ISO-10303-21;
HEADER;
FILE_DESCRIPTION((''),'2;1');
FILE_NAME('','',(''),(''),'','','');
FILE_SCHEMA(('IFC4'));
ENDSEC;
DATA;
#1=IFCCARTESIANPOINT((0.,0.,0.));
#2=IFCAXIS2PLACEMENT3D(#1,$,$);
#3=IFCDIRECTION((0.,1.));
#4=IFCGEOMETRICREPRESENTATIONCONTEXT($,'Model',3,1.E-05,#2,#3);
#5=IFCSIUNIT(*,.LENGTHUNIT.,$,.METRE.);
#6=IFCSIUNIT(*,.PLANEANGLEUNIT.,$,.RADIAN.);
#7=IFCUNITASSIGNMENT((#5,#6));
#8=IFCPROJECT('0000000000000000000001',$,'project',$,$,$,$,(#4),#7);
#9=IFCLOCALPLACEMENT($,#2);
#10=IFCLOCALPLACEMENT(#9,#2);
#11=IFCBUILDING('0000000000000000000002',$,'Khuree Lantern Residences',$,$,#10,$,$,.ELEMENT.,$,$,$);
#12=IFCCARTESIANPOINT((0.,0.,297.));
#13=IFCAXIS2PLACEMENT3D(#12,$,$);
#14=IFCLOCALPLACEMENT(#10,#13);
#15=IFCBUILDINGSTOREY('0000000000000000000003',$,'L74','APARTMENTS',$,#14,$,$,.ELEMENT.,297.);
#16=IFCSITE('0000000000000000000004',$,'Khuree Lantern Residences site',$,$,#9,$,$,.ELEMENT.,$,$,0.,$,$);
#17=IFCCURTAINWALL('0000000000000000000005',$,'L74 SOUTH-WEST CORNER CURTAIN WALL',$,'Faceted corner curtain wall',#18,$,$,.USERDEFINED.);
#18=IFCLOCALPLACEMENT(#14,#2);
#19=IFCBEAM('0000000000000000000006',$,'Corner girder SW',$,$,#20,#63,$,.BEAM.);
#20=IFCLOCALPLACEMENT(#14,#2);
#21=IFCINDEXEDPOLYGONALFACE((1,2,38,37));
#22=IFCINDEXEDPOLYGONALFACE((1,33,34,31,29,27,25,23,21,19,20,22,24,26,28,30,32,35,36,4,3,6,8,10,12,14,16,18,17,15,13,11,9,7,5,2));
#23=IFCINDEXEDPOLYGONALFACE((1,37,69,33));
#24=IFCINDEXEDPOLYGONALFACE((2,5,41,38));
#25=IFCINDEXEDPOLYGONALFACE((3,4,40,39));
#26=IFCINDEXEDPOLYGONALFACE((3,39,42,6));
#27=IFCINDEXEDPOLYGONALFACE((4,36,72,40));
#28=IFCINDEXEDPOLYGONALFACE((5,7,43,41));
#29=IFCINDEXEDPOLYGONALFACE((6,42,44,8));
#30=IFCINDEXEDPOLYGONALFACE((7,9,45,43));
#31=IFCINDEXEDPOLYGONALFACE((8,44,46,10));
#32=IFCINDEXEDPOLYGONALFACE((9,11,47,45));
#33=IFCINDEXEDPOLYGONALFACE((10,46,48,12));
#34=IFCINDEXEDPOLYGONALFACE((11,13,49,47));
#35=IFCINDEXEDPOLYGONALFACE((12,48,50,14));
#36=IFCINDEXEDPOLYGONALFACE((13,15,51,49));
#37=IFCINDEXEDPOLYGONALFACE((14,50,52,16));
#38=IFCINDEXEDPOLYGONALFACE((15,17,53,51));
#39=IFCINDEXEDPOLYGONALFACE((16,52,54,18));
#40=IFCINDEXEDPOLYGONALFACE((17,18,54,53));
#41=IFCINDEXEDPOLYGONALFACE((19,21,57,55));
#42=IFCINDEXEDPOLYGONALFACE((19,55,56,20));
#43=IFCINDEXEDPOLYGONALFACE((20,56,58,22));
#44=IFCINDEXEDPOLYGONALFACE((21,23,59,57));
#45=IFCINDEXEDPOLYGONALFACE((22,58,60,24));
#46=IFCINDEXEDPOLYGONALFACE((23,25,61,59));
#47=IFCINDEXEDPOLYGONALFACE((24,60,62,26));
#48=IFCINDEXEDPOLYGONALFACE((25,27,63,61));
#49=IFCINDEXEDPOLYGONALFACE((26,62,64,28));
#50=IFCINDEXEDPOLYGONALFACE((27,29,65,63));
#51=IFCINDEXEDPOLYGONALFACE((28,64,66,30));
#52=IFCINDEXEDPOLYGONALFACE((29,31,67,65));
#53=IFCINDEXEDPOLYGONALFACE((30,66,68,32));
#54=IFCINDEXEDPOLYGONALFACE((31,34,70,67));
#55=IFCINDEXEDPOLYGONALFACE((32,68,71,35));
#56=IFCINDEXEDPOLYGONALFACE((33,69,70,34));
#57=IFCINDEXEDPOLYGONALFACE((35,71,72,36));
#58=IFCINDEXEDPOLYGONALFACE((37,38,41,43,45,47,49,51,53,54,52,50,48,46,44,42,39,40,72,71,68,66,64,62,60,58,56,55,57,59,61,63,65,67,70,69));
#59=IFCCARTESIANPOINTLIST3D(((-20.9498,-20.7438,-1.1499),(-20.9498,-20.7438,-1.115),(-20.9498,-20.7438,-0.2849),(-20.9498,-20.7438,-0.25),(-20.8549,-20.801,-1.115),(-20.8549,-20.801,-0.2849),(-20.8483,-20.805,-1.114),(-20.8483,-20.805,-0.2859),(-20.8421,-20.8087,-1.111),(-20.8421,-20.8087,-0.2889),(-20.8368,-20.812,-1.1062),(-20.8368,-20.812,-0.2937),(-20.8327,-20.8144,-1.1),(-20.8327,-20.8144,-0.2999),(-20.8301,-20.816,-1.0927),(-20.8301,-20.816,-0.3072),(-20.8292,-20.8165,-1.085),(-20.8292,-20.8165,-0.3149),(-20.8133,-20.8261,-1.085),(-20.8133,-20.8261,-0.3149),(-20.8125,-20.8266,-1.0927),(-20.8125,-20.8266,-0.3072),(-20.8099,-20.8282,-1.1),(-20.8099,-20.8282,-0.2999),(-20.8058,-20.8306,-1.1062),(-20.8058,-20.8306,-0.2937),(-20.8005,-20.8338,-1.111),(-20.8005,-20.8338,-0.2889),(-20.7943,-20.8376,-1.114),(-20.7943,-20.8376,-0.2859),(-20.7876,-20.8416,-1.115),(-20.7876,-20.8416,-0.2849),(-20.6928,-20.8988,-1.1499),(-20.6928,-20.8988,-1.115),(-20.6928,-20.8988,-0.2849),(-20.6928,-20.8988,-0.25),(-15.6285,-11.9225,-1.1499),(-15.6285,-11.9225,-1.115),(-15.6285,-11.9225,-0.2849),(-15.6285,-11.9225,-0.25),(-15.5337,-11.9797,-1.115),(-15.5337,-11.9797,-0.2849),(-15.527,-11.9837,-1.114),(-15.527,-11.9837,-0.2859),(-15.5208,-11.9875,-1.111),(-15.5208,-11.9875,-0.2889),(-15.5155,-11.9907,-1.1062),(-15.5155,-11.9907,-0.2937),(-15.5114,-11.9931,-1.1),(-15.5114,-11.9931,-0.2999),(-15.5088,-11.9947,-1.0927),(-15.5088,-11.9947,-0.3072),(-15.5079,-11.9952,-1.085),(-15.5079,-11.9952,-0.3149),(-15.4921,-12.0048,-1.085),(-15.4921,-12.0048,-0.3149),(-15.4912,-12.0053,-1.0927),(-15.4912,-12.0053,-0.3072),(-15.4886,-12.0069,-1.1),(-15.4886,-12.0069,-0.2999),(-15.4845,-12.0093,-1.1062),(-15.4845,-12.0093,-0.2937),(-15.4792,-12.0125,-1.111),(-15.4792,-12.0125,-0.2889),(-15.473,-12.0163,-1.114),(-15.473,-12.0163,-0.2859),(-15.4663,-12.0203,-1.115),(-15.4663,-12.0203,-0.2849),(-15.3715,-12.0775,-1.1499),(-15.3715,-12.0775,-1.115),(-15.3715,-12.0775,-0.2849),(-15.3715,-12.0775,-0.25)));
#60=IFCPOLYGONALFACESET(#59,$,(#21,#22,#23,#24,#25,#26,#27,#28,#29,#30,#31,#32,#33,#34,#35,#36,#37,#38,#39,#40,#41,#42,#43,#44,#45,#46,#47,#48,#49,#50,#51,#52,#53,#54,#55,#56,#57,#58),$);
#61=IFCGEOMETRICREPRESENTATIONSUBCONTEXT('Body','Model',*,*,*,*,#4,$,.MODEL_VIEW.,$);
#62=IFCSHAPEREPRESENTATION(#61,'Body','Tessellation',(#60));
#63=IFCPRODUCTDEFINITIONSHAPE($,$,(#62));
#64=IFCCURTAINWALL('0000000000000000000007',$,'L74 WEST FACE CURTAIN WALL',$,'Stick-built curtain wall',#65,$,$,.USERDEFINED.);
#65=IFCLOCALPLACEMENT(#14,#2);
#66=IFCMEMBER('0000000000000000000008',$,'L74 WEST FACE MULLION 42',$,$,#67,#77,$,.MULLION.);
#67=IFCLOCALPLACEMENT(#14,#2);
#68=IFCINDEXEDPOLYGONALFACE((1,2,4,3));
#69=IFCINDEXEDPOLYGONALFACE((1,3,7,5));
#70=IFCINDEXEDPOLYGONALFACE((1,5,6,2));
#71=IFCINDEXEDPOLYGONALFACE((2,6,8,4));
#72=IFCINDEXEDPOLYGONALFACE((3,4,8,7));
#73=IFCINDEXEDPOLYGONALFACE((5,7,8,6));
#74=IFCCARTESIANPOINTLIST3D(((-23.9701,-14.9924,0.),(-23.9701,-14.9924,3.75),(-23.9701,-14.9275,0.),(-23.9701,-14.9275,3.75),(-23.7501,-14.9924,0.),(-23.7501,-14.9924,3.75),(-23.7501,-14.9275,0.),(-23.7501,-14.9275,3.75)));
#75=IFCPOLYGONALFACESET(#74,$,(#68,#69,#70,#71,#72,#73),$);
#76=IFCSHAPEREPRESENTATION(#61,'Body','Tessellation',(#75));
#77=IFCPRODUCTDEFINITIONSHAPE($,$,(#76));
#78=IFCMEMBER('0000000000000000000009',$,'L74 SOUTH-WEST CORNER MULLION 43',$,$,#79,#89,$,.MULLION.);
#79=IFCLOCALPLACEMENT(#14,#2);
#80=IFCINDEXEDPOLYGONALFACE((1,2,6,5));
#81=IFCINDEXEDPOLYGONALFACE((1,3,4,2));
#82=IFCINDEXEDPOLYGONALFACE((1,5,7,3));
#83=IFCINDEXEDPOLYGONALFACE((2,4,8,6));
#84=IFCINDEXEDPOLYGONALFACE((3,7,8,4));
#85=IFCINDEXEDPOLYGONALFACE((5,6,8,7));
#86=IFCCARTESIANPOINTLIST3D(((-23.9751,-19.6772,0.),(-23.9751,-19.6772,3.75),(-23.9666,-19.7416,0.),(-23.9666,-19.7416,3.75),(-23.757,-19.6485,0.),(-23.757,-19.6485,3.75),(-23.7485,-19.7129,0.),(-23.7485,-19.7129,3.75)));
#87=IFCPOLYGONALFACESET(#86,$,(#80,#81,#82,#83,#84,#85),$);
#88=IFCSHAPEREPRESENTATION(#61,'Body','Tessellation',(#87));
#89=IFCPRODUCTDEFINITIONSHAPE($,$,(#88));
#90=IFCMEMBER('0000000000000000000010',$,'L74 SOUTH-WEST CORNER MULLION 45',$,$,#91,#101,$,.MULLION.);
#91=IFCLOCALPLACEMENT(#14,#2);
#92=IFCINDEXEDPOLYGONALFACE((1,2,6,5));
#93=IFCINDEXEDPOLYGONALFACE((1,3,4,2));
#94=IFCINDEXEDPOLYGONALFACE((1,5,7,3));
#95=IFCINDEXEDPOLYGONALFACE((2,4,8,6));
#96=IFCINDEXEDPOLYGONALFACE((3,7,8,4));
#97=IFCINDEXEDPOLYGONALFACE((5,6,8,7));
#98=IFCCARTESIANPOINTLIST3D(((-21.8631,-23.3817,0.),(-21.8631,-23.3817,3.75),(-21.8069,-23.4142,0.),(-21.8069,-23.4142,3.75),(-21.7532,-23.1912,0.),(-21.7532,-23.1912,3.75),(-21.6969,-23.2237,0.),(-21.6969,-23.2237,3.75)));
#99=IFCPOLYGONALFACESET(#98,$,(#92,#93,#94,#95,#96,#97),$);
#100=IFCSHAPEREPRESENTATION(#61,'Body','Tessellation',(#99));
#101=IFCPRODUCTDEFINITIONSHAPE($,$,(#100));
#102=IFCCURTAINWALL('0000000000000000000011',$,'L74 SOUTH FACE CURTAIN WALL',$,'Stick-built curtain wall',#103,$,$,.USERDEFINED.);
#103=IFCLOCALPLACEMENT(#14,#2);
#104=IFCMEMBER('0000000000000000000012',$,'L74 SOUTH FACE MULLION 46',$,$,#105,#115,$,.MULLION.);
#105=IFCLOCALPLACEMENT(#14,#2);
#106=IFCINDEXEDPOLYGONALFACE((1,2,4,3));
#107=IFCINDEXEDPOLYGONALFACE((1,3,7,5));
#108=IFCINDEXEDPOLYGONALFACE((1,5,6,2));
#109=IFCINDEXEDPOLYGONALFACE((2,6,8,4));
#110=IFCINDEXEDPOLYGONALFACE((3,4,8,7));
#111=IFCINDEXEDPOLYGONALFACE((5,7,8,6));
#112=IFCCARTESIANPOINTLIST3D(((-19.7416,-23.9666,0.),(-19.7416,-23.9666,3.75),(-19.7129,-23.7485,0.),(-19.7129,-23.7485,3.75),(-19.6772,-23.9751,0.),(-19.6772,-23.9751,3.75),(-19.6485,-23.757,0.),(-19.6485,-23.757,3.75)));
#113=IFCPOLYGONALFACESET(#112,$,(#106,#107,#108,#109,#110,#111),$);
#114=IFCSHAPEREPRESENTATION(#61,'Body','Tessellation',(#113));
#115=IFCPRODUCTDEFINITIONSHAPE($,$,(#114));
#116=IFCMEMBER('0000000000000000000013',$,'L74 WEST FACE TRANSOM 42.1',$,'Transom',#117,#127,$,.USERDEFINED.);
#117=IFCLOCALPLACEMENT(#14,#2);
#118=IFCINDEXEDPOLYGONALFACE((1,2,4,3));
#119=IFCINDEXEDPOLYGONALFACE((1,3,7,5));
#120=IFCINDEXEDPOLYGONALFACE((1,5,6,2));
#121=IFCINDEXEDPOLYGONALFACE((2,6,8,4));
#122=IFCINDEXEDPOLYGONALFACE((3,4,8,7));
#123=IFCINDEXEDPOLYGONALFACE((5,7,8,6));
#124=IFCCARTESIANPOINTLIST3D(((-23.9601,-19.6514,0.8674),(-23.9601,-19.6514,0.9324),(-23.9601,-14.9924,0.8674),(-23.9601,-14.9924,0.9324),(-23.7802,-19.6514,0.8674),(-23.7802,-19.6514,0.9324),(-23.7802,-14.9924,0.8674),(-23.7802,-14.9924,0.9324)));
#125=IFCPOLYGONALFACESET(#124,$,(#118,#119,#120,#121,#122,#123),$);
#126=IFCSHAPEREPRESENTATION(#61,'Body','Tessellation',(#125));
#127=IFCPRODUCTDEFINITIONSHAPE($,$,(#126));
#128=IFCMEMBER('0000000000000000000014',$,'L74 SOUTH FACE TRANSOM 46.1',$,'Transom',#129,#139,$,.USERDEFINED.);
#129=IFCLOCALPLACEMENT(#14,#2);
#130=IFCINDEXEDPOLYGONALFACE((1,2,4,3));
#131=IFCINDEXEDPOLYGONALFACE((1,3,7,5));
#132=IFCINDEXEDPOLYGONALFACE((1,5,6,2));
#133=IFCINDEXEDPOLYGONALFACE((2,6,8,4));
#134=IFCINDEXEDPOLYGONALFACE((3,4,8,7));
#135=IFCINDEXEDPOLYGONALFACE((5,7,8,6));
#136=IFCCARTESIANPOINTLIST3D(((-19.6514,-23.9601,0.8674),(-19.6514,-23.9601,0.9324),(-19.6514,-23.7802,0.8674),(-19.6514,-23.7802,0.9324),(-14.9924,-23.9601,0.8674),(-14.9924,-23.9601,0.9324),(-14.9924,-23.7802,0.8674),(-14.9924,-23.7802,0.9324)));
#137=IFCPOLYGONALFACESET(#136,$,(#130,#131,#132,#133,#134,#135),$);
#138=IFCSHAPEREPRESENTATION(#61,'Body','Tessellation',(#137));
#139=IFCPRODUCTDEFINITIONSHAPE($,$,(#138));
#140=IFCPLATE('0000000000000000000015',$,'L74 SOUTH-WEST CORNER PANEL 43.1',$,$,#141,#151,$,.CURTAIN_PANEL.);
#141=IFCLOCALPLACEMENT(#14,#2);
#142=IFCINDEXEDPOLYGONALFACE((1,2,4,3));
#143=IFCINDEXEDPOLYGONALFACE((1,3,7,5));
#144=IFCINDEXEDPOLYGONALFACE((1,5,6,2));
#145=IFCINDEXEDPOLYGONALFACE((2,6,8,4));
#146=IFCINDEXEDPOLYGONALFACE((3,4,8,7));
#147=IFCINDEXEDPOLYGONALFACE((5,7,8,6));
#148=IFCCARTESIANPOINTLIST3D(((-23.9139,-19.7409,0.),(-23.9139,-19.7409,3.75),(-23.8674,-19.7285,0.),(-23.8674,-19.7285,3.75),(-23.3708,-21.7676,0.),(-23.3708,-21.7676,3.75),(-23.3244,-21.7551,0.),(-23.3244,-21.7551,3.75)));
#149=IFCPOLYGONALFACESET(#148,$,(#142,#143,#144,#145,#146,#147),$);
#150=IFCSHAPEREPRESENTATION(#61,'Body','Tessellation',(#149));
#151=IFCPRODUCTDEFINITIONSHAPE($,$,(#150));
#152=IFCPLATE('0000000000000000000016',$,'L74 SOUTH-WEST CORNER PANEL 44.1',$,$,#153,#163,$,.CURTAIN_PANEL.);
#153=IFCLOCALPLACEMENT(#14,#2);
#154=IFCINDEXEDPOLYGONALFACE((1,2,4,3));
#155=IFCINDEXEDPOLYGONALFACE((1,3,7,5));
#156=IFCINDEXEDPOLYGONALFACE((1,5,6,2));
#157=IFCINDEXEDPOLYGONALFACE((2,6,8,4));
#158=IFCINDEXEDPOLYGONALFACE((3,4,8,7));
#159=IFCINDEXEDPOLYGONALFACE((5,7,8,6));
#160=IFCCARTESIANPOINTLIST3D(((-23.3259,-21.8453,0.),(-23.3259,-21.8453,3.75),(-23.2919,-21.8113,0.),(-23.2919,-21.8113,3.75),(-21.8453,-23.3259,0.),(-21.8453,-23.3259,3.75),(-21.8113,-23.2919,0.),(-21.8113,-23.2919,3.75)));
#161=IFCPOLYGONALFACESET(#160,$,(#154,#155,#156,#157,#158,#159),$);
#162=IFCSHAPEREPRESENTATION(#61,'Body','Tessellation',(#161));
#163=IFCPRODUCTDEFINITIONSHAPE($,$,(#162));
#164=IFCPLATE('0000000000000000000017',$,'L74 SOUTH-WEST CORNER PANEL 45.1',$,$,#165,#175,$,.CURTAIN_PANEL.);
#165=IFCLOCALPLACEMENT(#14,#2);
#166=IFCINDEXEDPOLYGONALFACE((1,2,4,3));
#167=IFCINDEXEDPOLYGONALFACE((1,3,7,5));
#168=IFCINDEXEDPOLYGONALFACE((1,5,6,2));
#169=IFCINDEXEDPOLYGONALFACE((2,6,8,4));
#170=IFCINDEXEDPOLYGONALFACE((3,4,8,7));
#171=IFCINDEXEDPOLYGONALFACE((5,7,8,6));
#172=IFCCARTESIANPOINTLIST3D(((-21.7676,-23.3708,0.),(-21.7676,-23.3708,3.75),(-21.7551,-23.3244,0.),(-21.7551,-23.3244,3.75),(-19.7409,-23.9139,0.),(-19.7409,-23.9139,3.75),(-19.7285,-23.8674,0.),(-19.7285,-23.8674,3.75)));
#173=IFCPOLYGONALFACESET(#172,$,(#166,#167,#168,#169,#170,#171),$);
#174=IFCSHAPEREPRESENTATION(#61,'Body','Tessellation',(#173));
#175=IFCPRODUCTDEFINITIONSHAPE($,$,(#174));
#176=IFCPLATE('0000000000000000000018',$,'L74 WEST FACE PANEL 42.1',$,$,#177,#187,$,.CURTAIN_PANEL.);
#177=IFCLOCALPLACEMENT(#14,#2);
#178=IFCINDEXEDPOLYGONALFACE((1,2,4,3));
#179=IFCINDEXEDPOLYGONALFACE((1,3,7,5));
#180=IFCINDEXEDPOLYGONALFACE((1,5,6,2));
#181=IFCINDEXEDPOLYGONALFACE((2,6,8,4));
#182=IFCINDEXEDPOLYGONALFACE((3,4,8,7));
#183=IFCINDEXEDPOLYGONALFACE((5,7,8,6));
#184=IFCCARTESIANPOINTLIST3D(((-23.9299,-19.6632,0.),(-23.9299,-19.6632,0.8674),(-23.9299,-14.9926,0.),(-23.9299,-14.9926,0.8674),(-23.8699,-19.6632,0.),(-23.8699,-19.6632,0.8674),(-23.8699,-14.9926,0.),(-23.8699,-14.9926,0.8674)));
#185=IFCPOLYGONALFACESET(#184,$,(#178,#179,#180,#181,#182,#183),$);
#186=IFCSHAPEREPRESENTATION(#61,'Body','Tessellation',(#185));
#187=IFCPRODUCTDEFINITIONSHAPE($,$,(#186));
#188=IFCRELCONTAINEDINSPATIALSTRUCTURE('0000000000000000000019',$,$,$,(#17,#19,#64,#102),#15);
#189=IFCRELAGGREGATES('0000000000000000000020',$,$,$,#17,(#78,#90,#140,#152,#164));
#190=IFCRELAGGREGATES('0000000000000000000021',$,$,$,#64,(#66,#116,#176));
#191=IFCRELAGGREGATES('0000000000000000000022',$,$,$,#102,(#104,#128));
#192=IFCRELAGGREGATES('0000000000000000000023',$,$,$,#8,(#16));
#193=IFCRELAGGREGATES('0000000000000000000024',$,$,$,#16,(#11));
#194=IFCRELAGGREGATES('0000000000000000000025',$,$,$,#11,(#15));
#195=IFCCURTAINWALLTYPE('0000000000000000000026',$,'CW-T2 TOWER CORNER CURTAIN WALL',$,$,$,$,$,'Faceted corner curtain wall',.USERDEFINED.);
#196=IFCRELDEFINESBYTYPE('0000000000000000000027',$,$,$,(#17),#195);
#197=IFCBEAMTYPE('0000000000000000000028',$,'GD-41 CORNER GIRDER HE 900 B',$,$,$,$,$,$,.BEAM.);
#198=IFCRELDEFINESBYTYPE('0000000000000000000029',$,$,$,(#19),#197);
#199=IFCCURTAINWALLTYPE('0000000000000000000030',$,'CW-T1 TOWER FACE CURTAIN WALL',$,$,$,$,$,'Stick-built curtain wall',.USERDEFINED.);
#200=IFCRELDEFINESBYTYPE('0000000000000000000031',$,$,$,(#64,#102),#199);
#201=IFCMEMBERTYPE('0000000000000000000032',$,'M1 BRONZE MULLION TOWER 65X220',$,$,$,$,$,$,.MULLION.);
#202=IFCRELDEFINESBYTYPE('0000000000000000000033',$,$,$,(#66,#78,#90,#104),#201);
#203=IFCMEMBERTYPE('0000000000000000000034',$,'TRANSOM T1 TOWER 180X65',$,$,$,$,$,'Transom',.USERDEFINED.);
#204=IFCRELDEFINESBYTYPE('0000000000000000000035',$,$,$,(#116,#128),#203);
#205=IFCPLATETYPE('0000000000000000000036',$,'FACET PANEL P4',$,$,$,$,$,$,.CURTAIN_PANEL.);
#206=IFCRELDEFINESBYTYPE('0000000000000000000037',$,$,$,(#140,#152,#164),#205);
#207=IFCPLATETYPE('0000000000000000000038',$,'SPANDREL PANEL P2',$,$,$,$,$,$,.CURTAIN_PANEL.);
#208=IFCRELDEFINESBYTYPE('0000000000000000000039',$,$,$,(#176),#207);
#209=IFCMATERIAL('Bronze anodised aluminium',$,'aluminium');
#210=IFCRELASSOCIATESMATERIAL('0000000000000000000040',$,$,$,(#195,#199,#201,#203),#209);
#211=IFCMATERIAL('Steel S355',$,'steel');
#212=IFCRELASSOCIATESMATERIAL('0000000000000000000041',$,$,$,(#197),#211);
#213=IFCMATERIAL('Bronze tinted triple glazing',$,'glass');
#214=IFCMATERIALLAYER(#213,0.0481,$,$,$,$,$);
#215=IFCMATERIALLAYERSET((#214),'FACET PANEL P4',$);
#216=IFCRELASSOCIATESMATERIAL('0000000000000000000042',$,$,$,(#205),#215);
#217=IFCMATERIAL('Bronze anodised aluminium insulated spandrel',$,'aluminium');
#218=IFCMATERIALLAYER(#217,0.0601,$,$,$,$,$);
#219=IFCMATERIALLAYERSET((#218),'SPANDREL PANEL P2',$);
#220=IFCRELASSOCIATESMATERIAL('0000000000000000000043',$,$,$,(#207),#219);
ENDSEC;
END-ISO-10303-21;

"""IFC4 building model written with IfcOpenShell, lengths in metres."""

from ifc_helpers import new_model, si_unit, direction, frame, origin, origin_2d, place, context, subcontext, project, spatial, rectangle, i_section, extrude, material, layer, layer_set, material_profile, profile_set, type_object, element, aggregate, save


model = new_model("IFC4")

# Units and contexts
model_context = context("Model", 3, precision=1e-05, world=origin(), true_north=direction((0.0, 1.0)))
body_context = subcontext(model_context, "Body", "Model", "MODEL_VIEW")
ifc_project = project(units=[si_unit("LENGTHUNIT", "METRE"), si_unit("PLANEANGLEUNIT", "RADIAN")], contexts=[model_context])

# Site, building, storey
site_placement = place(None, origin())
site = spatial("IfcSite", under=ifc_project, at=site_placement, Name="Khuree Lantern Residences site", CompositionType="ELEMENT", RefElevation=0.0)
building_placement = place(site_placement, origin())
building = spatial("IfcBuilding", under=site, at=building_placement, Name="Khuree Lantern Residences", CompositionType="ELEMENT")
storey_placement = place(building_placement, frame((0.0, 0.0, 297.0)))
storey = spatial("IfcBuildingStorey", under=building, at=storey_placement, Name="L74", Description="APARTMENTS", CompositionType="ELEMENT", Elevation=297.0)

# Shared definitions
ifc_material_1 = material(Name="Steel S355", Category="steel")

# Curtain wall
ifc_material_2 = material(Name="Bronze anodised aluminium", Category="aluminium")
curtain_wall_type_1 = type_object("IfcCurtainWallType", Name="CW-T2 TOWER CORNER CURTAIN WALL", ElementType="Faceted corner curtain wall", PredefinedType="USERDEFINED", material=ifc_material_2)
curtain_wall_1_placement = place(storey_placement, origin())
curtain_wall_1 = element("IfcCurtainWall", 1, at=curtain_wall_1_placement, inside=storey, type_object=curtain_wall_type_1, Name="L74 SOUTH-WEST CORNER CURTAIN WALL", ObjectType="Faceted corner curtain wall", PredefinedType="USERDEFINED")

# Beam
ifc_material_profile_1 = material_profile(ifc_material_1, i_section(OverallWidth=0.3, OverallDepth=0.8999, WebThickness=0.0186, FlangeThickness=0.0349, FilletRadius=0.03, at=origin_2d()), Name="HE 900 B")
ifc_profile_set_1 = profile_set([ifc_material_profile_1], Name="Steel S355")
beam_type_1 = type_object("IfcBeamType", Name="GD-41 CORNER GIRDER HE 900 B", PredefinedType="BEAM", material=ifc_profile_set_1)
beam_1_placement = place(storey_placement, frame((-20.8213, -20.8213, -0.7), z_axis=(0.51653, 0.856269, 0.0), x_axis=(-0.856269, 0.51653, 0.0)))
element("IfcBeam", 2, at=beam_1_placement, inside=storey, type_object=beam_type_1, Name="Corner girder SW", PredefinedType="BEAM", context=body_context, shape_type="SweptSolid", body=[
    extrude(i_section(OverallWidth=0.3, OverallDepth=0.8999, WebThickness=0.0186, FlangeThickness=0.0349, FilletRadius=0.03, at=origin_2d()), origin(), (0.0, 0.0, 1.0), 10.302),
])

# Curtain wall, member
curtain_wall_type_2 = type_object("IfcCurtainWallType", Name="CW-T1 TOWER FACE CURTAIN WALL", ElementType="Stick-built curtain wall", PredefinedType="USERDEFINED", material=ifc_material_2)
curtain_wall_2_placement = place(storey_placement, origin())
curtain_wall_2 = element("IfcCurtainWall", 3, at=curtain_wall_2_placement, inside=storey, type_object=curtain_wall_type_2, Name="L74 WEST FACE CURTAIN WALL", ObjectType="Stick-built curtain wall", PredefinedType="USERDEFINED")
ifc_material_profile_2 = material_profile(ifc_material_2, rectangle(XDim=0.0649, YDim=0.22, at=origin_2d()), Name="M1 65X220")
ifc_profile_set_2 = profile_set([ifc_material_profile_2], Name="Bronze anodised aluminium")
member_type_1 = type_object("IfcMemberType", Name="M1 BRONZE MULLION TOWER 65X220", PredefinedType="MULLION", material=ifc_profile_set_2)
member_1_placement = place(storey_placement, frame((-23.8601, -14.96, 0.0), z_axis=(0.0, 0.0, 1.0), x_axis=(0.0, -1.0, 0.0)))
member_1 = element("IfcMember", 4, at=member_1_placement, type_object=member_type_1, Name="L74 WEST FACE MULLION 42", PredefinedType="MULLION", context=body_context, shape_type="SweptSolid", body=[
    extrude(rectangle(XDim=0.0649, YDim=0.22, at=origin_2d()), origin(), (0.0, 0.0, 1.0), 3.75),
])

# Members
member_2_placement = place(storey_placement, frame((-23.8618, -19.6951, 0.0), z_axis=(0.0, 0.0, 1.0), x_axis=(0.130526, -0.991445, 0.0)))
member_2 = element("IfcMember", 5, at=member_2_placement, type_object=member_type_1, Name="L74 SOUTH-WEST CORNER MULLION 43", PredefinedType="MULLION", context=body_context, shape_type="SweptSolid", body=[
    extrude(rectangle(XDim=0.0649, YDim=0.22, at=origin_2d()), origin(), (0.0, 0.0, 1.0), 3.75),
])
member_3_placement = place(storey_placement, frame((-21.78, -23.3027, 0.0), z_axis=(0.0, 0.0, 1.0), x_axis=(0.866025, -0.5, 0.0)))
member_3 = element("IfcMember", 6, at=member_3_placement, type_object=member_type_1, Name="L74 SOUTH-WEST CORNER MULLION 45", PredefinedType="MULLION", context=body_context, shape_type="SweptSolid", body=[
    extrude(rectangle(XDim=0.0649, YDim=0.22, at=origin_2d()), origin(), (0.0, 0.0, 1.0), 3.75),
])

# Curtain wall, member
curtain_wall_3_placement = place(storey_placement, origin())
curtain_wall_3 = element("IfcCurtainWall", 7, at=curtain_wall_3_placement, inside=storey, type_object=curtain_wall_type_2, Name="L74 SOUTH FACE CURTAIN WALL", ObjectType="Stick-built curtain wall", PredefinedType="USERDEFINED")
member_4_placement = place(storey_placement, frame((-19.6951, -23.8618, 0.0), z_axis=(0.0, 0.0, 1.0), x_axis=(0.991445, -0.130526, 0.0)))
member_4 = element("IfcMember", 8, at=member_4_placement, type_object=member_type_1, Name="L74 SOUTH FACE MULLION 46", PredefinedType="MULLION", context=body_context, shape_type="SweptSolid", body=[
    extrude(rectangle(XDim=0.0649, YDim=0.22, at=origin_2d()), origin(), (0.0, 0.0, 1.0), 3.75),
])

# Members
ifc_material_profile_3 = material_profile(ifc_material_2, rectangle(XDim=0.1799, YDim=0.0649, at=origin_2d()), Name="T1 180X65")
ifc_profile_set_3 = profile_set([ifc_material_profile_3], Name="Bronze anodised aluminium")
member_type_2 = type_object("IfcMemberType", Name="TRANSOM T1 TOWER 180X65", ElementType="Transom", PredefinedType="USERDEFINED", material=ifc_profile_set_3)
member_5_placement = place(storey_placement, frame((-23.8701, -14.9924, 0.8999), z_axis=(0.0, -1.0, 0.0), x_axis=(1.0, 0.0, 0.0)))
member_5 = element("IfcMember", 9, at=member_5_placement, type_object=member_type_2, Name="L74 WEST FACE TRANSOM 42.1", ObjectType="Transom", PredefinedType="USERDEFINED", context=body_context, shape_type="SweptSolid", body=[
    extrude(rectangle(XDim=0.1799, YDim=0.0649, at=origin_2d()), origin(), (0.0, 0.0, 1.0), 4.6589),
])
member_6_placement = place(storey_placement, frame((-19.6514, -23.8701, 0.8999), z_axis=(1.0, 0.0, 0.0), x_axis=(0.0, 1.0, 0.0)))
member_6 = element("IfcMember", 10, at=member_6_placement, type_object=member_type_2, Name="L74 SOUTH FACE TRANSOM 46.1", ObjectType="Transom", PredefinedType="USERDEFINED", context=body_context, shape_type="SweptSolid", body=[
    extrude(rectangle(XDim=0.1799, YDim=0.0649, at=origin_2d()), origin(), (0.0, 0.0, 1.0), 4.6589),
])

# Plates
ifc_material_3 = material(Name="Bronze tinted triple glazing", Category="glass")
ifc_layer_1 = layer(ifc_material_3, 0.0481)
ifc_layer_set_1 = layer_set([ifc_layer_1], Name="FACET PANEL P4")
plate_type_1 = type_object("IfcPlateType", Name="FACET PANEL P4", PredefinedType="CURTAIN_PANEL", material=ifc_layer_set_1)
plate_1_placement = place(storey_placement, frame((-23.6191, -20.748, 0.0), z_axis=(0.0, 0.0, 1.0), x_axis=(0.258819, -0.965926, 0.0)))
plate_1 = element("IfcPlate", 11, at=plate_1_placement, type_object=plate_type_1, Name="L74 SOUTH-WEST CORNER PANEL 43.1", PredefinedType="CURTAIN_PANEL", context=body_context, shape_type="SweptSolid", body=[
    extrude(rectangle(XDim=2.0981, YDim=0.0481, at=origin_2d()), origin(), (0.0, 0.0, 1.0), 3.75),
])
plate_2_placement = place(storey_placement, frame((-22.5686, -22.5686, 0.0), z_axis=(0.0, 0.0, 1.0), x_axis=(0.707107, -0.707107, 0.0)))
plate_2 = element("IfcPlate", 12, at=plate_2_placement, type_object=plate_type_1, Name="L74 SOUTH-WEST CORNER PANEL 44.1", PredefinedType="CURTAIN_PANEL", context=body_context, shape_type="SweptSolid", body=[
    extrude(rectangle(XDim=2.094, YDim=0.0481, at=origin_2d()), origin(), (0.0, 0.0, 1.0), 3.75),
])
plate_3_placement = place(storey_placement, frame((-20.748, -23.6191, 0.0), z_axis=(0.0, 0.0, 1.0), x_axis=(0.965926, -0.258819, 0.0)))
plate_3 = element("IfcPlate", 13, at=plate_3_placement, type_object=plate_type_1, Name="L74 SOUTH-WEST CORNER PANEL 45.1", PredefinedType="CURTAIN_PANEL", context=body_context, shape_type="SweptSolid", body=[
    extrude(rectangle(XDim=2.0981, YDim=0.0481, at=origin_2d()), origin(), (0.0, 0.0, 1.0), 3.75),
])
aggregate(curtain_wall_1, [member_2, member_3, plate_1, plate_2, plate_3])
ifc_material_4 = material(Name="Bronze anodised aluminium insulated spandrel", Category="aluminium")
ifc_layer_2 = layer(ifc_material_4, 0.0601)
ifc_layer_set_2 = layer_set([ifc_layer_2], Name="SPANDREL PANEL P2")
plate_type_2 = type_object("IfcPlateType", Name="SPANDREL PANEL P2", PredefinedType="CURTAIN_PANEL", material=ifc_layer_set_2)
plate_4_placement = place(storey_placement, frame((-23.8999, -17.3279, 0.0), z_axis=(0.0, 0.0, 1.0), x_axis=(0.0, -1.0, 0.0)))
plate_4 = element("IfcPlate", 14, at=plate_4_placement, type_object=plate_type_2, Name="L74 WEST FACE PANEL 42.1", PredefinedType="CURTAIN_PANEL", context=body_context, shape_type="SweptSolid", body=[
    extrude(rectangle(XDim=4.6707, YDim=0.0601, at=origin_2d()), origin(), (0.0, 0.0, 1.0), 0.8674),
])
aggregate(curtain_wall_2, [member_1, member_5, plate_4])
aggregate(curtain_wall_3, [member_4, member_6])

save(model, "model.ifc")
